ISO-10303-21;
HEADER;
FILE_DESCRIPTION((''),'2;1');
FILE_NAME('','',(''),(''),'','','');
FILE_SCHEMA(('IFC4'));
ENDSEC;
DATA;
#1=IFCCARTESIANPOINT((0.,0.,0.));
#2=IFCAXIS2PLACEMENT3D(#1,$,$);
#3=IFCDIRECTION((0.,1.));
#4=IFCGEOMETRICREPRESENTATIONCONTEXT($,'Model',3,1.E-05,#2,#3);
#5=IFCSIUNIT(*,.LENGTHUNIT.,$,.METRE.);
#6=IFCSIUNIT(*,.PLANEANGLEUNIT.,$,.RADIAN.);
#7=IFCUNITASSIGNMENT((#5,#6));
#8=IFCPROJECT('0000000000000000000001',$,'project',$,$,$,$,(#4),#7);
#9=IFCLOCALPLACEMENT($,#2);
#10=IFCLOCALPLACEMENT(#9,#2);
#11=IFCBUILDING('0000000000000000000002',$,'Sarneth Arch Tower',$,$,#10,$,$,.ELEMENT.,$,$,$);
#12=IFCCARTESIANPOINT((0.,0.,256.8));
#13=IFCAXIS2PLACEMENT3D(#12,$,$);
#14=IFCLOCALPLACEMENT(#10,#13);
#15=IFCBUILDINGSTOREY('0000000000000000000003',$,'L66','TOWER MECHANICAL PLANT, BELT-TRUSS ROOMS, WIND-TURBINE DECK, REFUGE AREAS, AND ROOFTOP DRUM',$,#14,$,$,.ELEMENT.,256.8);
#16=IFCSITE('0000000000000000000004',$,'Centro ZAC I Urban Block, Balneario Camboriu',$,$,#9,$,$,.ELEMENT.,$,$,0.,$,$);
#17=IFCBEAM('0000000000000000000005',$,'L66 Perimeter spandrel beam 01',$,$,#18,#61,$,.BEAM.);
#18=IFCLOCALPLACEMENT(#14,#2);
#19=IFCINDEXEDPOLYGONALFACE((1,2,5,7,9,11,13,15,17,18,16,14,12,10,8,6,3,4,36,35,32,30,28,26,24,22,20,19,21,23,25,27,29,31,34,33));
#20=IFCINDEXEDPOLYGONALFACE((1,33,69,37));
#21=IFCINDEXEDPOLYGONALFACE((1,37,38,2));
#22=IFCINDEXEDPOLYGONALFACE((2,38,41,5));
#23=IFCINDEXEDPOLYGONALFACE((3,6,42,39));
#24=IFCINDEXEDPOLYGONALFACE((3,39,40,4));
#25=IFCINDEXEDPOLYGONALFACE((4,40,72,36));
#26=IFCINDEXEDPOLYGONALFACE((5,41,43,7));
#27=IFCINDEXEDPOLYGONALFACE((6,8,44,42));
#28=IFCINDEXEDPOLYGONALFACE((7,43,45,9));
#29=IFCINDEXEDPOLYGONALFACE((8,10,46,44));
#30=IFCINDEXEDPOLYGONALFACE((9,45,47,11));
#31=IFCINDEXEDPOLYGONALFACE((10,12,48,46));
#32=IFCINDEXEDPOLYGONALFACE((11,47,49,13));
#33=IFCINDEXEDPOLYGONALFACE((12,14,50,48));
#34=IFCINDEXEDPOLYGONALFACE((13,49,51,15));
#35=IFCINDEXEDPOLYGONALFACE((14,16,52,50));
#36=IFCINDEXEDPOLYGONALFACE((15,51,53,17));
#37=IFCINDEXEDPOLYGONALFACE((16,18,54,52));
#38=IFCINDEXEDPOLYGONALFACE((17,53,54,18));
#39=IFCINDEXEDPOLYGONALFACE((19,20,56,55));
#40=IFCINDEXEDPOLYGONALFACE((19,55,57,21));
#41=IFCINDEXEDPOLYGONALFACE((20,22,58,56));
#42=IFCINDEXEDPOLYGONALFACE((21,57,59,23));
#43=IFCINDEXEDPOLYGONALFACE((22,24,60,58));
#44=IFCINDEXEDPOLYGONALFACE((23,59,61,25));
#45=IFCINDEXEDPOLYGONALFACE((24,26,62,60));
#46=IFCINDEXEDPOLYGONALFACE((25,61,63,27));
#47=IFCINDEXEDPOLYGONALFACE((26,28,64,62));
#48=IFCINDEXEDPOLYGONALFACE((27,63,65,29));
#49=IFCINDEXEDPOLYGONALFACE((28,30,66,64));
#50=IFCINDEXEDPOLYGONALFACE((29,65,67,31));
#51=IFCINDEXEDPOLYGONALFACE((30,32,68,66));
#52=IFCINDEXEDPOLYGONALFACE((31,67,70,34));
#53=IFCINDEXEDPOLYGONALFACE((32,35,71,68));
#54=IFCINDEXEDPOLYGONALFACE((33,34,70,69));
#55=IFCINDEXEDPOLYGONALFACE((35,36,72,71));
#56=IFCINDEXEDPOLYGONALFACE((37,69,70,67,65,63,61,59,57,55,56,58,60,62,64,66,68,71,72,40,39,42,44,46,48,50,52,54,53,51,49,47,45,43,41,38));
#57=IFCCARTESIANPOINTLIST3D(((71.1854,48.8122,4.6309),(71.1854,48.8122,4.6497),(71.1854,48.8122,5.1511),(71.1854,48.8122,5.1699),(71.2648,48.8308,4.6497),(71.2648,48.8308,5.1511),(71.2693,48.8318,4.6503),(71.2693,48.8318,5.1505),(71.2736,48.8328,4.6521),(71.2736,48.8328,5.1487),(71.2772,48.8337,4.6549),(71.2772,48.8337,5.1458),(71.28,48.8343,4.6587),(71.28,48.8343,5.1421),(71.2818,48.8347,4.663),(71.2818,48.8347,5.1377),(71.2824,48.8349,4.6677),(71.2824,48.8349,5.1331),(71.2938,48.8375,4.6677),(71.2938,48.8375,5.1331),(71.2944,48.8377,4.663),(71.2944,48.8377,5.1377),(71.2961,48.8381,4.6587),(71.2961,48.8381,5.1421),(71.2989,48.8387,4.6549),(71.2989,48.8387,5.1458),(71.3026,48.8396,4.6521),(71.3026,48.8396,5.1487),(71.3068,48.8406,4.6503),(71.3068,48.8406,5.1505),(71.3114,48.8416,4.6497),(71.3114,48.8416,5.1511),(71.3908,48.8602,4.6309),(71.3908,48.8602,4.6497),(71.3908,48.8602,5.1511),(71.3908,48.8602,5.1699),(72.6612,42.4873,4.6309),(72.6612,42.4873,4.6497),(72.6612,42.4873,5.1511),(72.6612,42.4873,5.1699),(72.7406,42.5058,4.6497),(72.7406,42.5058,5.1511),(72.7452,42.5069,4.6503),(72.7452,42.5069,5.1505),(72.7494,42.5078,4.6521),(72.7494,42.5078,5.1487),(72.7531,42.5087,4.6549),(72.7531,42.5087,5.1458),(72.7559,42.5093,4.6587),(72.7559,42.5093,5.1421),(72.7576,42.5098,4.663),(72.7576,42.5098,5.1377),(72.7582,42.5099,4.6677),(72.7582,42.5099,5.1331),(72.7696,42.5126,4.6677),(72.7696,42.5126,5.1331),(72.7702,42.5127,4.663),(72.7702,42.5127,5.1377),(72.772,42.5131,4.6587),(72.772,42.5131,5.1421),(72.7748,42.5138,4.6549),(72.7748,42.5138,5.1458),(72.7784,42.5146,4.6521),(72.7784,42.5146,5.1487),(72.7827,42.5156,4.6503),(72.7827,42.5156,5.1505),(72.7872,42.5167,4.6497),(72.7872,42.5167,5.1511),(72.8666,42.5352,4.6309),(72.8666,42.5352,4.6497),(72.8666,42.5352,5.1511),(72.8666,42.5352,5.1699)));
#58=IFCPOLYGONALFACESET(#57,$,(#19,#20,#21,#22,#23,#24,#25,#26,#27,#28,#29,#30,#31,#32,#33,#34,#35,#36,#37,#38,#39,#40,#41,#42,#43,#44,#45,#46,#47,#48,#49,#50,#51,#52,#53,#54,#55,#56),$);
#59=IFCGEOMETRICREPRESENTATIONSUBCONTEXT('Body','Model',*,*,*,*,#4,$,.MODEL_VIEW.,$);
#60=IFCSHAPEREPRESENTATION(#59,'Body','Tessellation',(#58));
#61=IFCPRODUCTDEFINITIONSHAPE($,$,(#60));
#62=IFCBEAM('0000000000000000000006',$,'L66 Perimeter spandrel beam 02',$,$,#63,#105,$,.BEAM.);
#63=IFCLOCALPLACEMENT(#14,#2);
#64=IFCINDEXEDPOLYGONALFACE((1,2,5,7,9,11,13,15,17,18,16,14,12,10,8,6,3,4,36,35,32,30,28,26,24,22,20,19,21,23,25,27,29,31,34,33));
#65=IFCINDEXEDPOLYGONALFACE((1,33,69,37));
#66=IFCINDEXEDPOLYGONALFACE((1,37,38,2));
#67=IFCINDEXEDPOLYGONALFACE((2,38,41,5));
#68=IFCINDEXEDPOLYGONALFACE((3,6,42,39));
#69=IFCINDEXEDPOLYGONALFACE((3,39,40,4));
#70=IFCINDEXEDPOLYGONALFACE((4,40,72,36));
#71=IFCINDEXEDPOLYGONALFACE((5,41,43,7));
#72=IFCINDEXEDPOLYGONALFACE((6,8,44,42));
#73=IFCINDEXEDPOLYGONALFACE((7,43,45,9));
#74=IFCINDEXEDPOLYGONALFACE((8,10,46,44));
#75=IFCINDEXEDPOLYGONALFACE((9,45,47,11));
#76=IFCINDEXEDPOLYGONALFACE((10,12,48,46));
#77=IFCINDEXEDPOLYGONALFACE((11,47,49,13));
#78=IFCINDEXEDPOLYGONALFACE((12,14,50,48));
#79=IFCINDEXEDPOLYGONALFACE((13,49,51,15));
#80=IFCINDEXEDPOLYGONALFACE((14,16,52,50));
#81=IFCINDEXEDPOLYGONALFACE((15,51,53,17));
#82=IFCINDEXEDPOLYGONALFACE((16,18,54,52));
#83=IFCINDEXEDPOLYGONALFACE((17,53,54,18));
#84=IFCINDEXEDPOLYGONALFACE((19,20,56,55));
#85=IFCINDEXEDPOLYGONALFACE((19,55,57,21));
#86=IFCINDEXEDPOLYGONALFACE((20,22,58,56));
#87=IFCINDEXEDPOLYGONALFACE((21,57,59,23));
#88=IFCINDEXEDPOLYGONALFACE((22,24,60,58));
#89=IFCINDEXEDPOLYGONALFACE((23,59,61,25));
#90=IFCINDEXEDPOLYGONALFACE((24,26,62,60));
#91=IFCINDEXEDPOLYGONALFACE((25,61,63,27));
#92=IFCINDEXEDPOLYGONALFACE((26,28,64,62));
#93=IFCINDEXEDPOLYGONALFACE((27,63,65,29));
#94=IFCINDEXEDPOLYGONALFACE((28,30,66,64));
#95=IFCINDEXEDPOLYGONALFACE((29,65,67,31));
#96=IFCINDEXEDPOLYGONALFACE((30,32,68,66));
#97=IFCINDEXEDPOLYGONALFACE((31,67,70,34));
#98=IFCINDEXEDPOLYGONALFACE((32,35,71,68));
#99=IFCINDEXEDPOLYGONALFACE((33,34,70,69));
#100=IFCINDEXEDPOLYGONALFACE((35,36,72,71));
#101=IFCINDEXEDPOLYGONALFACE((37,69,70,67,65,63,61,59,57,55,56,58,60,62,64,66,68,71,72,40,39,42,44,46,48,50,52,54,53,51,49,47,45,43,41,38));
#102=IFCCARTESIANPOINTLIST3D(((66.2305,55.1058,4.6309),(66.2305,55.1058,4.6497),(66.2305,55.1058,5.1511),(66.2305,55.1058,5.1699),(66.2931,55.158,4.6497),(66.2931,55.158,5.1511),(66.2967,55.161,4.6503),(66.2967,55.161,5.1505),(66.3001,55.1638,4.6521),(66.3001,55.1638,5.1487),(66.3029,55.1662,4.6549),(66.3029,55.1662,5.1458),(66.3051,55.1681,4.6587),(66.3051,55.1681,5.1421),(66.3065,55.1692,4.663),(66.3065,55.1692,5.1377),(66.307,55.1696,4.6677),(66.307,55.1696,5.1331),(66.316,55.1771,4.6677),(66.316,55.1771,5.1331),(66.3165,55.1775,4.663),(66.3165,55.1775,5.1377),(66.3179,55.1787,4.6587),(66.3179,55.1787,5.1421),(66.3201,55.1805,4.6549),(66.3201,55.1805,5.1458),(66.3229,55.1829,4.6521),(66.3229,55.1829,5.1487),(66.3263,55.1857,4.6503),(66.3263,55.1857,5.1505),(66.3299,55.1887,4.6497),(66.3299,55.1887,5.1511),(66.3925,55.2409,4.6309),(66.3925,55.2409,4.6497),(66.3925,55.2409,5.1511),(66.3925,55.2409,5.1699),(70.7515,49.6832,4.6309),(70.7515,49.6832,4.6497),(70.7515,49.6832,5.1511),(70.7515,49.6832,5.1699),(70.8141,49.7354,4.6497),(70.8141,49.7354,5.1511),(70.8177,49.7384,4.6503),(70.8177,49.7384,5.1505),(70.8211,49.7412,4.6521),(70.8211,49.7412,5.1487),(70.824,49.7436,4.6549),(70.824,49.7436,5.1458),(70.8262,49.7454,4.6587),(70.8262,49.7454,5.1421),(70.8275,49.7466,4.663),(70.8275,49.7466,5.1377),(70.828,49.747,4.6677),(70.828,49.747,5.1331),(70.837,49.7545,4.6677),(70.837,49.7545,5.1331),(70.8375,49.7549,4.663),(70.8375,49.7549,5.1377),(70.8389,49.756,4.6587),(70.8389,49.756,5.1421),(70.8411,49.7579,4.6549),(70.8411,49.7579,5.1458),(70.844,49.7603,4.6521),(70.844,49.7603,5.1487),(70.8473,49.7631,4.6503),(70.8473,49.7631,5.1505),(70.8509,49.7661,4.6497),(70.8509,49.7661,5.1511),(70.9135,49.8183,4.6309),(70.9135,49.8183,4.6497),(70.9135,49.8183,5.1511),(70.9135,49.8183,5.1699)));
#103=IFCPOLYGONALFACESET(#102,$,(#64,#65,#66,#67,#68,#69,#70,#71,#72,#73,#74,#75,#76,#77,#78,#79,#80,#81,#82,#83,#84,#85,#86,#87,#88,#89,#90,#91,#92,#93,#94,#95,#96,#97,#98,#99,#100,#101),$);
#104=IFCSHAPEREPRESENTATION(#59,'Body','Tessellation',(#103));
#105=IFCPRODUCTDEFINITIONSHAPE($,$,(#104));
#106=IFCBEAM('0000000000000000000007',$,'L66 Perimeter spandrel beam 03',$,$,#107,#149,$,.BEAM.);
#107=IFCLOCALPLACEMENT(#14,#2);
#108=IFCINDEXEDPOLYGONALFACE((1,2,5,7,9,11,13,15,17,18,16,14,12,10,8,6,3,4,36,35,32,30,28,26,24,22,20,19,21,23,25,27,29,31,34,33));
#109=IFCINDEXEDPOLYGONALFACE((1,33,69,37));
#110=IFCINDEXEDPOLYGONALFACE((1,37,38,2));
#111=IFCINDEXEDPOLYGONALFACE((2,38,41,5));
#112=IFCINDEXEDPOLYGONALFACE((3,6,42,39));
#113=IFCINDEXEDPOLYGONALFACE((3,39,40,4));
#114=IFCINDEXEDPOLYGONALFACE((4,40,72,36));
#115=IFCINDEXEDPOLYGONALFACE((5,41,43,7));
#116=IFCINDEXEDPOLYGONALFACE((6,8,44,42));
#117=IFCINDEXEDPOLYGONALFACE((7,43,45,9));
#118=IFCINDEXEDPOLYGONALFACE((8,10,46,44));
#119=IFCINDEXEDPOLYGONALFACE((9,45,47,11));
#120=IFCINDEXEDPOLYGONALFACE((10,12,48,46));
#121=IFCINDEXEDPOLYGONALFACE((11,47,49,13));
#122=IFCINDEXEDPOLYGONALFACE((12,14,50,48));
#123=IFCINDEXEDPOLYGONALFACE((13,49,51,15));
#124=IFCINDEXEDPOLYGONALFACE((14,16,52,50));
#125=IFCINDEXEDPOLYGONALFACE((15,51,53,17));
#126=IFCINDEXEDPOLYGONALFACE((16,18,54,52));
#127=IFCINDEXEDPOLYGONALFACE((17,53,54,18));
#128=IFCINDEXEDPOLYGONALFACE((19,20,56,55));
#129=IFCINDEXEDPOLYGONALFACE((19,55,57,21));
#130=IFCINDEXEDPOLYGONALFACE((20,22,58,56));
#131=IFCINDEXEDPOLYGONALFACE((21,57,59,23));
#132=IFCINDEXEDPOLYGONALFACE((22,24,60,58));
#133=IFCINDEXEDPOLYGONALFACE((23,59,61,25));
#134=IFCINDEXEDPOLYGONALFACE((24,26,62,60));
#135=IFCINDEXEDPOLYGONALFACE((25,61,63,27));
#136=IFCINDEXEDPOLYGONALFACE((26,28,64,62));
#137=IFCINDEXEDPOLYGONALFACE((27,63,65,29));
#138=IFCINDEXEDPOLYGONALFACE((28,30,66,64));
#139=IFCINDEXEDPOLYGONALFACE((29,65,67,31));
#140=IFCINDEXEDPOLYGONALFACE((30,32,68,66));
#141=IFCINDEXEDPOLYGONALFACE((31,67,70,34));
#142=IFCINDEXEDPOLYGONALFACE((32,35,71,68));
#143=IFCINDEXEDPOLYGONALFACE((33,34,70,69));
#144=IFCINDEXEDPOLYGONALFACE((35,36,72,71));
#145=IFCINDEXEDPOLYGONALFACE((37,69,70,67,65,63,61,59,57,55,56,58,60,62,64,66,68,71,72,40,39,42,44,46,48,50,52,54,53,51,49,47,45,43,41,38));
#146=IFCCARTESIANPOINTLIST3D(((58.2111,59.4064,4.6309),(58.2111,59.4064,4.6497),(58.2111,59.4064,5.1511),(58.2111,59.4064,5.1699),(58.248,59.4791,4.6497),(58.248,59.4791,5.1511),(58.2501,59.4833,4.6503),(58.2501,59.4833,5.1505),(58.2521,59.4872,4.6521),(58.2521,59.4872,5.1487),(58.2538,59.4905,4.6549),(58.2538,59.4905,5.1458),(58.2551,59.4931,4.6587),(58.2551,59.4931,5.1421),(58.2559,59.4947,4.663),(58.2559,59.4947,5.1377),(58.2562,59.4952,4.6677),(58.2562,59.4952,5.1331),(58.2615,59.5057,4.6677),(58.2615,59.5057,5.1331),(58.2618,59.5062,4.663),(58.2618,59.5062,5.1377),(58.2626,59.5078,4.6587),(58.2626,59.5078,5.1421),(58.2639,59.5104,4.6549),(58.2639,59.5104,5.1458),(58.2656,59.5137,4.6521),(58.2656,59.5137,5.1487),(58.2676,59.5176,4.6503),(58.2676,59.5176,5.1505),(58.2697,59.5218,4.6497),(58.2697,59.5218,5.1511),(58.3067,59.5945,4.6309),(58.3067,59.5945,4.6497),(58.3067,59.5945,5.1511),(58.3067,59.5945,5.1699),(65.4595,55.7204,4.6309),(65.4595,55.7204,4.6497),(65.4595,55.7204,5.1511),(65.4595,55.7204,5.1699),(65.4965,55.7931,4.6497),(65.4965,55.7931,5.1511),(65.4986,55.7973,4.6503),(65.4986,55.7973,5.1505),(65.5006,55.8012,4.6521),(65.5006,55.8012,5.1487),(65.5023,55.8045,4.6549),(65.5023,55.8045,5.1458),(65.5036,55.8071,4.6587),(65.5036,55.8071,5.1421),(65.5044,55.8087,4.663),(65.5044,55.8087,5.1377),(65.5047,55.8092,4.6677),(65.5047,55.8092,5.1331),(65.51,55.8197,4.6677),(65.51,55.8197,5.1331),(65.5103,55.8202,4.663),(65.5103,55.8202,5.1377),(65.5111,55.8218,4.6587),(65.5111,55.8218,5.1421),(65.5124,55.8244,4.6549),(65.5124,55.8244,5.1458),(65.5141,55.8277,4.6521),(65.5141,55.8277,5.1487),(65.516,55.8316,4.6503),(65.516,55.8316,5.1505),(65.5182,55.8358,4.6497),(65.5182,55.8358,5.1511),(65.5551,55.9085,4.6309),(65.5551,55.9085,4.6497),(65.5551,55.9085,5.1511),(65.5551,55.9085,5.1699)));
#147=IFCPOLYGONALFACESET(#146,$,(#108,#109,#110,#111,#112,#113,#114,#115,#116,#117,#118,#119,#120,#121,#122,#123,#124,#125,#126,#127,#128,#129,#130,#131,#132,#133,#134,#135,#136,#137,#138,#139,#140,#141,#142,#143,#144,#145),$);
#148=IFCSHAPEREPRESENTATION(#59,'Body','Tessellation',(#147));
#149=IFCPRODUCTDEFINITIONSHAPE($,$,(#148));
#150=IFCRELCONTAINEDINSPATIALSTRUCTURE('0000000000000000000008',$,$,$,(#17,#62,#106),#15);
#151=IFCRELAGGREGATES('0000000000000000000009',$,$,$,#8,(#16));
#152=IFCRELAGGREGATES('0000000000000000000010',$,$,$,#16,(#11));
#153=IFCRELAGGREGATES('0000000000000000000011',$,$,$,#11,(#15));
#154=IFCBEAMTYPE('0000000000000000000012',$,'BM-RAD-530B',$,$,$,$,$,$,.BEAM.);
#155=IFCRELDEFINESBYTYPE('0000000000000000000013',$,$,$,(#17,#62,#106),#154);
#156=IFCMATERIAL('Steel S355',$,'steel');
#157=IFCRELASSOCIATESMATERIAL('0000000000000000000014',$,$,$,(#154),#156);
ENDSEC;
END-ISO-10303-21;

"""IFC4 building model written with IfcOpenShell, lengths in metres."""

from ifc_helpers import new_model, si_unit, direction, frame, origin, origin_2d, place, context, subcontext, project, spatial, i_section, extrude, material, material_profile, profile_set, type_object, element, save


model = new_model("IFC4")

# Units and contexts
model_context = context("Model", 3, precision=1e-05, world=origin(), true_north=direction((0.0, 1.0)))
body_context = subcontext(model_context, "Body", "Model", "MODEL_VIEW")
ifc_project = project(units=[si_unit("LENGTHUNIT", "METRE"), si_unit("PLANEANGLEUNIT", "RADIAN")], contexts=[model_context])

# Site, building, storey
site_placement = place(None, origin())
site = spatial("IfcSite", under=ifc_project, at=site_placement, Name="Centro ZAC I Urban Block, Balneario Camboriu", CompositionType="ELEMENT", RefElevation=0.0)
building_placement = place(site_placement, origin())
building = spatial("IfcBuilding", under=site, at=building_placement, Name="Sarneth Arch Tower", CompositionType="ELEMENT")
storey_placement = place(building_placement, frame((0.0, 0.0, 256.8)))
storey = spatial("IfcBuildingStorey", under=building, at=storey_placement, Name="L66", Description="TOWER MECHANICAL PLANT, BELT-TRUSS ROOMS, WIND-TURBINE DECK, REFUGE AREAS, AND ROOFTOP DRUM", CompositionType="ELEMENT", Elevation=256.8)

# Beams
ifc_material_1 = material(Name="Steel S355", Category="steel")
ifc_material_profile_1 = material_profile(ifc_material_1, i_section(OverallWidth=0.2109, OverallDepth=0.5391, WebThickness=0.0117, FlangeThickness=0.0188, FilletRadius=0.0181, at=origin_2d()), Name="W530x109")
ifc_profile_set_1 = profile_set([ifc_material_profile_1], Name="Steel S355")
beam_type_1 = type_object("IfcBeamType", Name="BM-RAD-530B", PredefinedType="BEAM", material=ifc_profile_set_1)
beam_1_placement = place(storey_placement, frame((72.7639, 42.5112, 4.9004), z_axis=(-0.227231, 0.973841, 0.0), x_axis=(-0.973841, -0.227231, 0.0)))
element("IfcBeam", 1, at=beam_1_placement, inside=storey, type_object=beam_type_1, Name="L66 Perimeter spandrel beam 01", PredefinedType="BEAM", context=body_context, shape_type="SweptSolid", body=[
    extrude(i_section(OverallWidth=0.2109, OverallDepth=0.5391, WebThickness=0.0117, FlangeThickness=0.0188, FilletRadius=0.0181, at=origin_2d()), origin(), (0.0, 0.0, 1.0), 6.4949),
])
beam_2_placement = place(storey_placement, frame((70.8325, 49.7507, 4.9004), z_axis=(-0.640365, 0.768071, 0.0), x_axis=(-0.768071, -0.640365, 0.0)))
element("IfcBeam", 2, at=beam_2_placement, inside=storey, type_object=beam_type_1, Name="L66 Perimeter spandrel beam 02", PredefinedType="BEAM", context=body_context, shape_type="SweptSolid", body=[
    extrude(i_section(OverallWidth=0.2109, OverallDepth=0.5391, WebThickness=0.0117, FlangeThickness=0.0188, FilletRadius=0.0181, at=origin_2d()), origin(), (0.0, 0.0, 1.0), 7.0601),
])
beam_3_placement = place(storey_placement, frame((65.5073, 55.8145, 4.9004), z_axis=(-0.891368, 0.45328, 0.0), x_axis=(-0.45328, -0.891368, 0.0)))
element("IfcBeam", 3, at=beam_3_placement, inside=storey, type_object=beam_type_1, Name="L66 Perimeter spandrel beam 03", PredefinedType="BEAM", context=body_context, shape_type="SweptSolid", body=[
    extrude(i_section(OverallWidth=0.2109, OverallDepth=0.5391, WebThickness=0.0117, FlangeThickness=0.0188, FilletRadius=0.0181, at=origin_2d()), origin(), (0.0, 0.0, 1.0), 8.1318),
])

save(model, "model.ifc")
